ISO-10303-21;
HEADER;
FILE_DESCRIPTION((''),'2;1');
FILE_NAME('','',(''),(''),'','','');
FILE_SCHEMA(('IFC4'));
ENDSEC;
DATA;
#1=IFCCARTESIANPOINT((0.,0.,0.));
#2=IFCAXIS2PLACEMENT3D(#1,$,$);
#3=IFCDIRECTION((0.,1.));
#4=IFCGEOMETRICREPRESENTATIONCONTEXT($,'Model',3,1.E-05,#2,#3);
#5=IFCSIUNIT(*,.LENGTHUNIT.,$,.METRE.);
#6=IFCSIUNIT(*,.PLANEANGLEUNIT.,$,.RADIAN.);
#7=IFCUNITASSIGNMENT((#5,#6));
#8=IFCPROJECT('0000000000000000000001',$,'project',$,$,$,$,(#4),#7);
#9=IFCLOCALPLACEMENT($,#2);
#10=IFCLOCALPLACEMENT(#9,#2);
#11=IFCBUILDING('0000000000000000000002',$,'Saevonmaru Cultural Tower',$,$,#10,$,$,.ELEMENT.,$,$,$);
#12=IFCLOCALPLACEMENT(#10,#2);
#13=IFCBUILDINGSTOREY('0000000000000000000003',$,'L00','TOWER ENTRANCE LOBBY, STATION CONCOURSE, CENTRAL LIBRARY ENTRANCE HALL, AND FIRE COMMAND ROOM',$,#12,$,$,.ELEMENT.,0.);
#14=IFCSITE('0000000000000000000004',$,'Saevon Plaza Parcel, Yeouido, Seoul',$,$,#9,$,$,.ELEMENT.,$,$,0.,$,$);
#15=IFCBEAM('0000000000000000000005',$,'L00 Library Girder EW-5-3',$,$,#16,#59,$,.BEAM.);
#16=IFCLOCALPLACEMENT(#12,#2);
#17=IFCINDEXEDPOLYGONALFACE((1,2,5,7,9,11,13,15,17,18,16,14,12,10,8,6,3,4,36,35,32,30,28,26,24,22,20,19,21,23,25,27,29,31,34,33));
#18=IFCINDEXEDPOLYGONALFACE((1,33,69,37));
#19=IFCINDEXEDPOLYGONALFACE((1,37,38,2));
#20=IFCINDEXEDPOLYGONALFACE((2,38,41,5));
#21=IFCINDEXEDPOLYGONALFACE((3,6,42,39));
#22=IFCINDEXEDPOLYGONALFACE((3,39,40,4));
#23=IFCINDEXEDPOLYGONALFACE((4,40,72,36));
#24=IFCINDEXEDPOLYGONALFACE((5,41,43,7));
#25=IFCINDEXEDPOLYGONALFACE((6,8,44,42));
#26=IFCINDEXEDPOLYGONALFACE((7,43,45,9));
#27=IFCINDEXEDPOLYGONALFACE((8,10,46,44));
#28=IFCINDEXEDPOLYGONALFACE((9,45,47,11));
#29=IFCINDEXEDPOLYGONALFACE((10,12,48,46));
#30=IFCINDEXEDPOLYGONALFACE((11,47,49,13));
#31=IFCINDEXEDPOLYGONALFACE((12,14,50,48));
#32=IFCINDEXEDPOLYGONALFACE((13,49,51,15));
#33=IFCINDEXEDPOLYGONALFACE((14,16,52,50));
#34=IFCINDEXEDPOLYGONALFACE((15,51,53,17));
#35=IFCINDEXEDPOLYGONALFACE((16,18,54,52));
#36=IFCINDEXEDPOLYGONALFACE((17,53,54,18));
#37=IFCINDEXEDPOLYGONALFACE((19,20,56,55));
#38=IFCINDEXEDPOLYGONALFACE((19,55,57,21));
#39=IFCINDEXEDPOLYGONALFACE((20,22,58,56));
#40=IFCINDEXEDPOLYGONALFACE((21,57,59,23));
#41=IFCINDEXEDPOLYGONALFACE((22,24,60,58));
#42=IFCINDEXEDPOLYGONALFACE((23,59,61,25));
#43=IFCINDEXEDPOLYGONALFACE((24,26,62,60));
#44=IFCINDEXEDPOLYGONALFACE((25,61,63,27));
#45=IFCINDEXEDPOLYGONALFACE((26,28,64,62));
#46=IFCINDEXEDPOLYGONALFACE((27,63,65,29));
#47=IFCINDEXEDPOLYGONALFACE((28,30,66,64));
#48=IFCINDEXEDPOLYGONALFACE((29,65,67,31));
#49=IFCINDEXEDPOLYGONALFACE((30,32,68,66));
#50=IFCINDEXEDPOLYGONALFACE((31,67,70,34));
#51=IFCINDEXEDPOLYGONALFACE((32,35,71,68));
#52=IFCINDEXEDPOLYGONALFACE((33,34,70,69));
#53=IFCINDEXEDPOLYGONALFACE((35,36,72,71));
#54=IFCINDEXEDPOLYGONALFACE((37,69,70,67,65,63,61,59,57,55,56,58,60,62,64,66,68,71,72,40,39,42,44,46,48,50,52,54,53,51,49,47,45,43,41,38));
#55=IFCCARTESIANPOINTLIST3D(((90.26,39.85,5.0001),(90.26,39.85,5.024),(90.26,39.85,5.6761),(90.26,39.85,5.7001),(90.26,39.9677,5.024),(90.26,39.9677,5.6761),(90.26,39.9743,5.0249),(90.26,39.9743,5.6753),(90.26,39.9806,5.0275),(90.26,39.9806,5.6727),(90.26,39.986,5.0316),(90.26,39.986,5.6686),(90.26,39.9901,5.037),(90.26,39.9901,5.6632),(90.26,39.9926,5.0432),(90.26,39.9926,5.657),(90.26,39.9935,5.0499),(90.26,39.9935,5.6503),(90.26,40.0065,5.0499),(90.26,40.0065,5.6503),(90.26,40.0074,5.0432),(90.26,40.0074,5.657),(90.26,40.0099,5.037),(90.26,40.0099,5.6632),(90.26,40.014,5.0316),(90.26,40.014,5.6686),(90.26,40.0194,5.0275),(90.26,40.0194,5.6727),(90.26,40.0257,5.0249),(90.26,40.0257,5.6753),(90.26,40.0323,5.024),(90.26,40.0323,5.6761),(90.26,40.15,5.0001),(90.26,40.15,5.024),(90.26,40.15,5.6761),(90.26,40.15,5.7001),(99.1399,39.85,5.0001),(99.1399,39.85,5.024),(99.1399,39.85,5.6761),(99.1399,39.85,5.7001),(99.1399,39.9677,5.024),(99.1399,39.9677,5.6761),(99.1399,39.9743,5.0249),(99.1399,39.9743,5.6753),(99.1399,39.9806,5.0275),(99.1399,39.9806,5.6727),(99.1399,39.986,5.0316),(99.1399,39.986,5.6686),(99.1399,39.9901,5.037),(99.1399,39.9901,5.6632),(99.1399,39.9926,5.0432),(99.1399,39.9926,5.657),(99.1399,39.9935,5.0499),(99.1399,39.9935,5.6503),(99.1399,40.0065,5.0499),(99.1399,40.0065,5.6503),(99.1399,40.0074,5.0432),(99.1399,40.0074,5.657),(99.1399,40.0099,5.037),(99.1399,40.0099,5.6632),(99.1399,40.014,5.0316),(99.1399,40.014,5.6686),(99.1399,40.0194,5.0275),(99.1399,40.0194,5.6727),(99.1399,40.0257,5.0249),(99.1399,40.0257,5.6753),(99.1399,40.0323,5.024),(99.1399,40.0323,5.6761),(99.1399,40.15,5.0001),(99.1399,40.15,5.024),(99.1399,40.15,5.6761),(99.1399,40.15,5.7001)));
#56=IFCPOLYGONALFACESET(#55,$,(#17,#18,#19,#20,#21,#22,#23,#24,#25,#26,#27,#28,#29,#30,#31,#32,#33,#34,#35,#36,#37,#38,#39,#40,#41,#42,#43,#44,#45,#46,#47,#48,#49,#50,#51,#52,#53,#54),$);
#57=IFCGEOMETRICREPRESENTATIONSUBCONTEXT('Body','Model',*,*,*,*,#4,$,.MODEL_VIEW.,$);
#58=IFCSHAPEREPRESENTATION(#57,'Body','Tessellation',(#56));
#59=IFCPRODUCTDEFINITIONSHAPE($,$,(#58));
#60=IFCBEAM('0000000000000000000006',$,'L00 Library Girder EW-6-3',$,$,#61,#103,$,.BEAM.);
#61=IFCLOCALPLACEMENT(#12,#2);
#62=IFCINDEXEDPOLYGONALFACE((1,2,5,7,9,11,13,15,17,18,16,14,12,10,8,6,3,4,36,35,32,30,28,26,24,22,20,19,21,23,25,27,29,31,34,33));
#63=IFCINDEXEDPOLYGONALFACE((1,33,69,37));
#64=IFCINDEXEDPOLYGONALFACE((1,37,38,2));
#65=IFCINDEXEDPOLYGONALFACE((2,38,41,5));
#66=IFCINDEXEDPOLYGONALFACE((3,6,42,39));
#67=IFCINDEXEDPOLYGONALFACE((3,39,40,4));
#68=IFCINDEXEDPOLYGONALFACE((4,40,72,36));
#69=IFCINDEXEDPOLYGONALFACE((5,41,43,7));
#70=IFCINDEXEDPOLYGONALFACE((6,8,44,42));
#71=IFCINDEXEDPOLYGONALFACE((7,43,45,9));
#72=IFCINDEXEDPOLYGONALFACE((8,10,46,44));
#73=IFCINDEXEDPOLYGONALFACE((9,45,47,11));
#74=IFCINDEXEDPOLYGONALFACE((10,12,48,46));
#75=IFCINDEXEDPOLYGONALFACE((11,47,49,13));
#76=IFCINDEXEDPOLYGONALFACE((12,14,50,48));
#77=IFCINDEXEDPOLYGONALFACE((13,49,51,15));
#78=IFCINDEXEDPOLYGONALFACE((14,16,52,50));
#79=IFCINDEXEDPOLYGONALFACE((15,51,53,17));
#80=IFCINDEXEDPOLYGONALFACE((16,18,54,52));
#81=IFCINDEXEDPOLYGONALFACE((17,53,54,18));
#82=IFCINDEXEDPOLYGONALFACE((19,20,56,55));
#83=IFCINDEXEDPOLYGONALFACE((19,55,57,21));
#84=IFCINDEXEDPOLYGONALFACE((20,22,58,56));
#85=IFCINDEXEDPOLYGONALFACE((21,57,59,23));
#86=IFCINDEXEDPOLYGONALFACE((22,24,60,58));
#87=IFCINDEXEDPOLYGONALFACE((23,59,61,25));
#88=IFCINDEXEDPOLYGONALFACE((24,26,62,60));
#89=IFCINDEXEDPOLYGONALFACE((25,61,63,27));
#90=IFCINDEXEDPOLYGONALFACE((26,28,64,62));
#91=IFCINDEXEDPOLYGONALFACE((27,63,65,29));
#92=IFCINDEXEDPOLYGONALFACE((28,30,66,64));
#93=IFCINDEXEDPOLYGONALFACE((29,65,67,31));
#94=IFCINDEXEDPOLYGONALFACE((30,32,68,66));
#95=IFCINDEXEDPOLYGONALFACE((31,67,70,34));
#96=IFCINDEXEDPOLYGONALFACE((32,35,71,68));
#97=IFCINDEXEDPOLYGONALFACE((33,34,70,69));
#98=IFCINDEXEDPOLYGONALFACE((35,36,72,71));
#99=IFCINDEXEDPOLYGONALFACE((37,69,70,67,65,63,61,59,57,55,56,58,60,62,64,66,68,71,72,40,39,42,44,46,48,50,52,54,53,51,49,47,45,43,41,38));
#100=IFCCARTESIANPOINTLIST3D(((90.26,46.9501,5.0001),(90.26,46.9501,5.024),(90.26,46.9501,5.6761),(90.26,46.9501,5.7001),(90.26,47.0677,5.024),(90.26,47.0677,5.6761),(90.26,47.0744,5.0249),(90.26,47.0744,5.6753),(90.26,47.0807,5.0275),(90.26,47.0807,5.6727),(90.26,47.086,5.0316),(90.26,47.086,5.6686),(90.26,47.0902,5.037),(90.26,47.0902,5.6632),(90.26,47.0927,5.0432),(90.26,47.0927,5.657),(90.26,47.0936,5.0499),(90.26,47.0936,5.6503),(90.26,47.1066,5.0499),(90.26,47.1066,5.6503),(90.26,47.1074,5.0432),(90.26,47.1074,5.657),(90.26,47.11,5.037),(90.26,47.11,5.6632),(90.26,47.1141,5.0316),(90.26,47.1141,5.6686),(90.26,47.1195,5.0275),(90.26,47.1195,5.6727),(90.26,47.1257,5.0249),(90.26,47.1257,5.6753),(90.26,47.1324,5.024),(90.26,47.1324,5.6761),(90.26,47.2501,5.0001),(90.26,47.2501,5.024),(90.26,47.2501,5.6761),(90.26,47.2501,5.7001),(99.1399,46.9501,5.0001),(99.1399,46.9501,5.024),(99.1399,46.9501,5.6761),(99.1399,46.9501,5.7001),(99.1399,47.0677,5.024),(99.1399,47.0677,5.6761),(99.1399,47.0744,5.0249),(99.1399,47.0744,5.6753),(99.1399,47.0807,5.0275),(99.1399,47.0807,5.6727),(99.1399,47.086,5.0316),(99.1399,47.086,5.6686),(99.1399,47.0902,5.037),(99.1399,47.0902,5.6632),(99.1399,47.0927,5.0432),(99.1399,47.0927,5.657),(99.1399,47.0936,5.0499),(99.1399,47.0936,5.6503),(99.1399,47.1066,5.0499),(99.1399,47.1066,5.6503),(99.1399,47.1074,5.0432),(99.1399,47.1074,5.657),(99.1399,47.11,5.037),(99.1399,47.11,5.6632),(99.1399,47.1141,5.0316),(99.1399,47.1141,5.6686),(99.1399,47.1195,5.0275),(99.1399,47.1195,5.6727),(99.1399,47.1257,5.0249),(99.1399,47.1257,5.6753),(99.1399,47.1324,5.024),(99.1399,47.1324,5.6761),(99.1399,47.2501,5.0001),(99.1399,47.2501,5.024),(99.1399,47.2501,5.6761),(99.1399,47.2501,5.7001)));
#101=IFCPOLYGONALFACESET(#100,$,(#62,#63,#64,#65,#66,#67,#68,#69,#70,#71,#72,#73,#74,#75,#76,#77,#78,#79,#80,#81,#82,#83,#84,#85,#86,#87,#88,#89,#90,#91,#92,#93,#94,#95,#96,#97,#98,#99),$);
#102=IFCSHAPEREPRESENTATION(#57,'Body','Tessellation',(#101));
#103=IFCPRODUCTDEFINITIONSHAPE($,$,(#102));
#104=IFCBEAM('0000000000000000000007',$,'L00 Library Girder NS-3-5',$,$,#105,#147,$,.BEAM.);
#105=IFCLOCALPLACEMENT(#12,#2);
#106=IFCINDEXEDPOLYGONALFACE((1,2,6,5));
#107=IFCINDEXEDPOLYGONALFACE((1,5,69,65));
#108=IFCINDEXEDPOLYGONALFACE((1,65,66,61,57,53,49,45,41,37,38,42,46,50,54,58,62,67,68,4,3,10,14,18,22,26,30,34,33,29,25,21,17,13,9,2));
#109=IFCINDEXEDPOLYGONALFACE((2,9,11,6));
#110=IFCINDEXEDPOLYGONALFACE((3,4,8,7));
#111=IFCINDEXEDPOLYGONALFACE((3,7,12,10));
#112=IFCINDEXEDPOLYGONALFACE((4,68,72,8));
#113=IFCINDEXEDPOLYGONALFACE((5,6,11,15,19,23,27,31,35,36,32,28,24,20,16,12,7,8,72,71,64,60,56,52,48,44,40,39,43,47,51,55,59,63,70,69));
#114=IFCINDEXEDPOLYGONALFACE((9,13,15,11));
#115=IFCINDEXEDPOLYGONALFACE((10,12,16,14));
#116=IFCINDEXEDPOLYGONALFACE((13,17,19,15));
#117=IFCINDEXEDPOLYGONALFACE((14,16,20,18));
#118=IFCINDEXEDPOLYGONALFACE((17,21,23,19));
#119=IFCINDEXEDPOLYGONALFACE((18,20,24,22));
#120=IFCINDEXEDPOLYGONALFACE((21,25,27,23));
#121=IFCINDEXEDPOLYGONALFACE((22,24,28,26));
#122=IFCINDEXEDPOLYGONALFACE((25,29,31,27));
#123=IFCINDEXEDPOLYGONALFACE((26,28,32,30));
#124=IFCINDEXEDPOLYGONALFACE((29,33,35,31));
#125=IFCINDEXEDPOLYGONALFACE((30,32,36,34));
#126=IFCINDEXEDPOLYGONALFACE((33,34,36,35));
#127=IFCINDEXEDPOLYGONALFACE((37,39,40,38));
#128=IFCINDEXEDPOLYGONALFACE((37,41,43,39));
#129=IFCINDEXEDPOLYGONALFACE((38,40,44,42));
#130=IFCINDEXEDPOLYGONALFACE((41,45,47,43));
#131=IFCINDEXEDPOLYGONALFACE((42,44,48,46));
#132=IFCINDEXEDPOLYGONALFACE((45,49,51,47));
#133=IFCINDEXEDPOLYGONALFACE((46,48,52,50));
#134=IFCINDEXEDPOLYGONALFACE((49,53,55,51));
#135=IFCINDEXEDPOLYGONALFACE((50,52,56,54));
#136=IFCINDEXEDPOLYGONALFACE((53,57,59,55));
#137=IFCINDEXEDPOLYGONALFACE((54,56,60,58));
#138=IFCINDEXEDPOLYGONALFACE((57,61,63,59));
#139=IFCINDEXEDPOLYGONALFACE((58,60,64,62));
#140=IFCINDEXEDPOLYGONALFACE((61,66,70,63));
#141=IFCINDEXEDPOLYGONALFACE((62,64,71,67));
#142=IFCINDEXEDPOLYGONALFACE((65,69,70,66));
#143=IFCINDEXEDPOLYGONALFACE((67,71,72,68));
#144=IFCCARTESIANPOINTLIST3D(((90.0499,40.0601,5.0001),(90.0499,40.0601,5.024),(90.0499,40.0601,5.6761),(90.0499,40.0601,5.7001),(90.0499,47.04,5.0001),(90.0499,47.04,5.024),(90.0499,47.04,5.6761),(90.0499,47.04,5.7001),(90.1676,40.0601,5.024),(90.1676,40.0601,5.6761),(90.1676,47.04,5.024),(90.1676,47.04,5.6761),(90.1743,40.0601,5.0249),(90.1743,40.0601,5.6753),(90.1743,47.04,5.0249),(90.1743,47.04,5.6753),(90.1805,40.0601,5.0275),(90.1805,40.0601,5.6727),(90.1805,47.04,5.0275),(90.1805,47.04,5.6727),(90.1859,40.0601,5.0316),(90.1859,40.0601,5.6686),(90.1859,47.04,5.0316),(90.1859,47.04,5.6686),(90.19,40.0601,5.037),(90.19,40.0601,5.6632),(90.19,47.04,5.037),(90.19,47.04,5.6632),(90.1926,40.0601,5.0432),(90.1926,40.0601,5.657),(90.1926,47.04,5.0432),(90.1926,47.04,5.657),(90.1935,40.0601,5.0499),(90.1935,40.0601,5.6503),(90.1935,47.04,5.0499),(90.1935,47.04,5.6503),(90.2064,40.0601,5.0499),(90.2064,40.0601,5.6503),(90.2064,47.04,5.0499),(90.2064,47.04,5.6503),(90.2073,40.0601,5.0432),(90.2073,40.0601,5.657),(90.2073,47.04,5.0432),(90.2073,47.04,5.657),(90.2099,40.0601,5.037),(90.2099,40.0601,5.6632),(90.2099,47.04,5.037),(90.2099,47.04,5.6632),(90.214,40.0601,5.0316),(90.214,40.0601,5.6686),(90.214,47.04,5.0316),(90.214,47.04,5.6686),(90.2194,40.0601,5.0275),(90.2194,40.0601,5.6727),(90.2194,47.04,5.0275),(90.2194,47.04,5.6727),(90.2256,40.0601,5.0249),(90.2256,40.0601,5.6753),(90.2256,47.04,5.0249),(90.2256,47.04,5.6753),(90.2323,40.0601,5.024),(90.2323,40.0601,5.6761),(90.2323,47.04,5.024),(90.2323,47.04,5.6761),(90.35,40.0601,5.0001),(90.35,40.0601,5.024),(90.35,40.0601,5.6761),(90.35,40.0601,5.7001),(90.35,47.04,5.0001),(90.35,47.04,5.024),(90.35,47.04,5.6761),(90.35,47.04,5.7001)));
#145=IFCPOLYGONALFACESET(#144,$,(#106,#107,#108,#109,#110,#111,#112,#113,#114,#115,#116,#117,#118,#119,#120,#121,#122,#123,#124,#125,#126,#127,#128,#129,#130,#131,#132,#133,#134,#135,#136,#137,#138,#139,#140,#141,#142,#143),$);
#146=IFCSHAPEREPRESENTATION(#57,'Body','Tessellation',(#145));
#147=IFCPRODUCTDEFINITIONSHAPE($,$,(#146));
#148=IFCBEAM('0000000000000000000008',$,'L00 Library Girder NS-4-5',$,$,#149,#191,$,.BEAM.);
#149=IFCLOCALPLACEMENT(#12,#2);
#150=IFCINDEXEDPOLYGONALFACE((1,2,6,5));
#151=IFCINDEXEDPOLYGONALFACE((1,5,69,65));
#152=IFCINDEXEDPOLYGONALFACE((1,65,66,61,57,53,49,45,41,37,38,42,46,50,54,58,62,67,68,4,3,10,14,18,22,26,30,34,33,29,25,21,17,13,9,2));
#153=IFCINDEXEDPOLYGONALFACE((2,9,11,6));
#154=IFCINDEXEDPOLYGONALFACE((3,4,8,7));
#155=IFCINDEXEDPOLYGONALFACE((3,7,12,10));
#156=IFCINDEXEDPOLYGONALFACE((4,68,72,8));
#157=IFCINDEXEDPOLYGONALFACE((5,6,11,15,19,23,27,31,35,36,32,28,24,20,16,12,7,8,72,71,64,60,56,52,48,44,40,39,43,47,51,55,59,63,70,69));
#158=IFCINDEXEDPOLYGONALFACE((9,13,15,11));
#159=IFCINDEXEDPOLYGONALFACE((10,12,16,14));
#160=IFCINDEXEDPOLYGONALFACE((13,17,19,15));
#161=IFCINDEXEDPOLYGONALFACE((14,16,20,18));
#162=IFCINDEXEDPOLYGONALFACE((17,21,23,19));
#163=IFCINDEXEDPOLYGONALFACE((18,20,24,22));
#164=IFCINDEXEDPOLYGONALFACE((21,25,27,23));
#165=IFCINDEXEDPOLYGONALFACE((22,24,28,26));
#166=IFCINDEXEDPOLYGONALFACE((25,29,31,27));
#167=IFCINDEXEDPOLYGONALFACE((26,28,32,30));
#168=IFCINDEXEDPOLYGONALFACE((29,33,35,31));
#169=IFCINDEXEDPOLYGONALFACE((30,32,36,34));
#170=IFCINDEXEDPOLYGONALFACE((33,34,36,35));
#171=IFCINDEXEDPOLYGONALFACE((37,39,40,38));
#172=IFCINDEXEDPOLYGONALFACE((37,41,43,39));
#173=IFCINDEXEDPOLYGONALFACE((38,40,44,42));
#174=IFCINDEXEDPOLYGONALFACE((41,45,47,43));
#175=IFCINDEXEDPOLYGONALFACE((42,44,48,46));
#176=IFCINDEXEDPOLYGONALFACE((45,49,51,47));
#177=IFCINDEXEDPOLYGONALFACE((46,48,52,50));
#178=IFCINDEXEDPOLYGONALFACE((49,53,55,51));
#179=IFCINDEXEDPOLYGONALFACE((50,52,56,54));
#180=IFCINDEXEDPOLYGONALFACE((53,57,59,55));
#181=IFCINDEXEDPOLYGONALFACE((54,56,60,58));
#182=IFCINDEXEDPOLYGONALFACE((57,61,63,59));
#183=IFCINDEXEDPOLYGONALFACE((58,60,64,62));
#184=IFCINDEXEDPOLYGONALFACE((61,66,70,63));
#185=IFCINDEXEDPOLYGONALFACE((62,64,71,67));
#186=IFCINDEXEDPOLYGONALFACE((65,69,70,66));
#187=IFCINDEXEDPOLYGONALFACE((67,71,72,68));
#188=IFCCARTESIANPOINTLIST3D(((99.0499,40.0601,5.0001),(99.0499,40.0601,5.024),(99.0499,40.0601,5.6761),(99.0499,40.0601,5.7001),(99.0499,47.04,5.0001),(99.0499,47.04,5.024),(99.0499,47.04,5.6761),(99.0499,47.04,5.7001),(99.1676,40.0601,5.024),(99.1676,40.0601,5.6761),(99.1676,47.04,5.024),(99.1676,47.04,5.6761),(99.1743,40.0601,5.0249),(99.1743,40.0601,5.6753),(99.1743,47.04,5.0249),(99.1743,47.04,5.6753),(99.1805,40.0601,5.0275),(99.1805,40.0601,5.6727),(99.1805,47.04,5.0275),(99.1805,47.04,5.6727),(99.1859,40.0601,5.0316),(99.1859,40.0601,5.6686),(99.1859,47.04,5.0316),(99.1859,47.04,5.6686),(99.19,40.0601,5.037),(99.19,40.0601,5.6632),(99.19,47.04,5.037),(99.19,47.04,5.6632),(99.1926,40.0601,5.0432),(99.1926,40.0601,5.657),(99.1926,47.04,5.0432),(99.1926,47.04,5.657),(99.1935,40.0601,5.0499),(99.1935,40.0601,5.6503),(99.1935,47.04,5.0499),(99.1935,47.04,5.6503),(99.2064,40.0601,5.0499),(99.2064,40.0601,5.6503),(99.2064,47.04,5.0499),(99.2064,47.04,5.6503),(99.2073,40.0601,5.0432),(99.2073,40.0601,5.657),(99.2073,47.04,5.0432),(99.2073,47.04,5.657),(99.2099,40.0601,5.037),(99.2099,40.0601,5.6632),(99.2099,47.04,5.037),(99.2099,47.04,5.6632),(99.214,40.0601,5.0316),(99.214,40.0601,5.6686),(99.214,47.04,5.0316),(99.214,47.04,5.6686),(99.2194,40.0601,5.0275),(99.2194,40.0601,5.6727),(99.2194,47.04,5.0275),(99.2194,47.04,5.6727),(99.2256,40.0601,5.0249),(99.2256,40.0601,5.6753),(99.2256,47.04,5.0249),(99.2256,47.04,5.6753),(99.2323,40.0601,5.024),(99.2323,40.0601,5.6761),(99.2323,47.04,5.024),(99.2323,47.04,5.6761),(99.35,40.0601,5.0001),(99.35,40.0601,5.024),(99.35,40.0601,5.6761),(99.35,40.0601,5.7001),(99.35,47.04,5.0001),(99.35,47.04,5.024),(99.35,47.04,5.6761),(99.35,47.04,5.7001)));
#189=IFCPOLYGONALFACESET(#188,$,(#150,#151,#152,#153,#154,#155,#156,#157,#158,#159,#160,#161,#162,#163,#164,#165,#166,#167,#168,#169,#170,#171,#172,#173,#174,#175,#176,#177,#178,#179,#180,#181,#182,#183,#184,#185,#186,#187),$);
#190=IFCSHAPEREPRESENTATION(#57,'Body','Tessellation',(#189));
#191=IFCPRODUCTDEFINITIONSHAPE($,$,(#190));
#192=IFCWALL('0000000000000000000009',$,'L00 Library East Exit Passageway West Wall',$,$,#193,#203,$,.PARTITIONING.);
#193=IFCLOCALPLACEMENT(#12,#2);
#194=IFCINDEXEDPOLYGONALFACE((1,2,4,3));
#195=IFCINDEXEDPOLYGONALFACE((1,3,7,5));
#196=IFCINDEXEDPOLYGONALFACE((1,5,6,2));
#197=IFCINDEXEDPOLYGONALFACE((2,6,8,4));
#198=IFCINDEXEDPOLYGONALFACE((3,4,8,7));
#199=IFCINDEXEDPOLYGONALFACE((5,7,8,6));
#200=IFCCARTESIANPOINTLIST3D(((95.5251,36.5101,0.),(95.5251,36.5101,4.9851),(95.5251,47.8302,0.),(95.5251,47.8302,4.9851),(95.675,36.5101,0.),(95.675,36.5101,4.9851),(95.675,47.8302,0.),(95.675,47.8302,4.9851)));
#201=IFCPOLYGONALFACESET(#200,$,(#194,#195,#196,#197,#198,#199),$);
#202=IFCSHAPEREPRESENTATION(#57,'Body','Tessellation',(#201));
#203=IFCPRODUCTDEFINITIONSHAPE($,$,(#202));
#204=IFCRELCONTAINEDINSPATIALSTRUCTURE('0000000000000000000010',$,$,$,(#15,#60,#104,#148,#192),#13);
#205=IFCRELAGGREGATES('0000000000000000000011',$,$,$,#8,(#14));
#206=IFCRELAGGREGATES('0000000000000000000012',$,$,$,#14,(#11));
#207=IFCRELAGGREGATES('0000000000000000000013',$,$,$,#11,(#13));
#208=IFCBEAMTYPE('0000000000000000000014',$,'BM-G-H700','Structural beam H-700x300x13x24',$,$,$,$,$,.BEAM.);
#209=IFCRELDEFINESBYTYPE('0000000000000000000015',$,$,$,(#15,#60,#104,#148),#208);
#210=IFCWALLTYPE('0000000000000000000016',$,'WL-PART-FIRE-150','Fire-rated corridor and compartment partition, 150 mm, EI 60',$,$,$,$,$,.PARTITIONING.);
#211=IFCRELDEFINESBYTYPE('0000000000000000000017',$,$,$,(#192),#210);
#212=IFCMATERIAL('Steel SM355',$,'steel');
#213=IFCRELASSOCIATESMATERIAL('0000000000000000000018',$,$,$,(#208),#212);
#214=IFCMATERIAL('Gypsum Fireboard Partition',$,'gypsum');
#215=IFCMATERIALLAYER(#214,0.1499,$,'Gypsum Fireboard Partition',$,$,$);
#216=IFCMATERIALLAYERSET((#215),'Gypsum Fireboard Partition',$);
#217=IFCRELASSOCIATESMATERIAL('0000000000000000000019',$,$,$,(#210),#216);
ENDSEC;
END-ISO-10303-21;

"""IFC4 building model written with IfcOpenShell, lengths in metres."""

from ifc_helpers import new_model, si_unit, direction, frame, frame_2d, origin, origin_2d, place, context, subcontext, project, spatial, rectangle, i_section, extrude, material, layer, layer_set, material_profile, profile_set, type_object, element, save


model = new_model("IFC4")

# Units and contexts
model_context = context("Model", 3, precision=1e-05, world=origin(), true_north=direction((0.0, 1.0)))
body_context = subcontext(model_context, "Body", "Model", "MODEL_VIEW")
ifc_project = project(units=[si_unit("LENGTHUNIT", "METRE"), si_unit("PLANEANGLEUNIT", "RADIAN")], contexts=[model_context])

# Site, building, storey
site_placement = place(None, origin())
site = spatial("IfcSite", under=ifc_project, at=site_placement, Name="Saevon Plaza Parcel, Yeouido, Seoul", CompositionType="ELEMENT", RefElevation=0.0)
building_placement = place(site_placement, origin())
building = spatial("IfcBuilding", under=site, at=building_placement, Name="Saevonmaru Cultural Tower", CompositionType="ELEMENT")
storey_placement = place(building_placement, origin())
storey = spatial("IfcBuildingStorey", under=building, at=storey_placement, Name="L00", Description="TOWER ENTRANCE LOBBY, STATION CONCOURSE, CENTRAL LIBRARY ENTRANCE HALL, AND FIRE COMMAND ROOM", CompositionType="ELEMENT", Elevation=0.0)

# Shared definitions
ifc_material_1 = material(Name="Steel SM355", Category="steel")

# Beams
ifc_material_profile_1 = material_profile(ifc_material_1, i_section(OverallWidth=0.3, OverallDepth=0.7, WebThickness=0.0129, FlangeThickness=0.0239, FilletRadius=0.0259, at=origin_2d()), Name="H-700x300x13x24")
ifc_profile_set_1 = profile_set([ifc_material_profile_1], Name="Steel SM355")
beam_type = type_object("IfcBeamType", Name="BM-G-H700", Description="Structural beam H-700x300x13x24", PredefinedType="BEAM", material=ifc_profile_set_1)
for number, where, z_axis, x_axis, name in (
    (1, (90.26, 40.0, 5.3501), (1.0, 0.0, 0.0), (0.0, 1.0, 0.0), "L00 Library Girder EW-5-3"),
    (2, (90.26, 47.1001, 5.3501), (1.0, 0.0, 0.0), (0.0, 1.0, 0.0), "L00 Library Girder EW-6-3"),
):
    element("IfcBeam", number, at=place(storey_placement, frame(where, z_axis=z_axis, x_axis=x_axis)), inside=storey, type_object=beam_type, Name=name, PredefinedType="BEAM", context=body_context, shape_type="SweptSolid", body=[
        extrude(i_section(OverallWidth=0.3, OverallDepth=0.7, WebThickness=0.0129, FlangeThickness=0.0239, FilletRadius=0.0259, at=origin_2d()), origin(), (0.0, 0.0, 1.0), 8.8799),
    ])
for number, where, z_axis, x_axis, name in (
    (3, (90.2, 40.0601, 5.3501), (0.0, 1.0, 0.0), (-1.0, 0.0, 0.0), "L00 Library Girder NS-3-5"),
    (4, (99.2, 40.0601, 5.3501), (0.0, 1.0, 0.0), (-1.0, 0.0, 0.0), "L00 Library Girder NS-4-5"),
):
    element("IfcBeam", number, at=place(storey_placement, frame(where, z_axis=z_axis, x_axis=x_axis)), inside=storey, type_object=beam_type, Name=name, PredefinedType="BEAM", context=body_context, shape_type="SweptSolid", body=[
        extrude(i_section(OverallWidth=0.3, OverallDepth=0.7, WebThickness=0.0129, FlangeThickness=0.0239, FilletRadius=0.0259, at=origin_2d()), origin(), (0.0, 0.0, 1.0), 6.98),
    ])

# Wall
ifc_material_2 = material(Name="Gypsum Fireboard Partition", Category="gypsum")
ifc_layer_1 = layer(ifc_material_2, 0.1499, Name="Gypsum Fireboard Partition")
ifc_layer_set_1 = layer_set([ifc_layer_1], Name="Gypsum Fireboard Partition")
wall_type_1 = type_object("IfcWallType", Name="WL-PART-FIRE-150", Description="Fire-rated corridor and compartment partition, 150 mm, EI 60", PredefinedType="PARTITIONING", material=ifc_layer_set_1)
wall_1_placement = place(storey_placement, frame((95.6001, 36.51, 0.0), z_axis=(0.0, 0.0, 1.0), x_axis=(0.0, 1.0, 0.0)))
element("IfcWall", 5, at=wall_1_placement, inside=storey, type_object=wall_type_1, Name="L00 Library East Exit Passageway West Wall", PredefinedType="PARTITIONING", context=body_context, shape_type="SweptSolid", body=[
    extrude(rectangle(XDim=11.3201, YDim=0.1499, at=frame_2d((5.6602, 0.0))), origin(), (0.0, 0.0, 1.0), 4.9851),
])

save(model, "model.ifc")
